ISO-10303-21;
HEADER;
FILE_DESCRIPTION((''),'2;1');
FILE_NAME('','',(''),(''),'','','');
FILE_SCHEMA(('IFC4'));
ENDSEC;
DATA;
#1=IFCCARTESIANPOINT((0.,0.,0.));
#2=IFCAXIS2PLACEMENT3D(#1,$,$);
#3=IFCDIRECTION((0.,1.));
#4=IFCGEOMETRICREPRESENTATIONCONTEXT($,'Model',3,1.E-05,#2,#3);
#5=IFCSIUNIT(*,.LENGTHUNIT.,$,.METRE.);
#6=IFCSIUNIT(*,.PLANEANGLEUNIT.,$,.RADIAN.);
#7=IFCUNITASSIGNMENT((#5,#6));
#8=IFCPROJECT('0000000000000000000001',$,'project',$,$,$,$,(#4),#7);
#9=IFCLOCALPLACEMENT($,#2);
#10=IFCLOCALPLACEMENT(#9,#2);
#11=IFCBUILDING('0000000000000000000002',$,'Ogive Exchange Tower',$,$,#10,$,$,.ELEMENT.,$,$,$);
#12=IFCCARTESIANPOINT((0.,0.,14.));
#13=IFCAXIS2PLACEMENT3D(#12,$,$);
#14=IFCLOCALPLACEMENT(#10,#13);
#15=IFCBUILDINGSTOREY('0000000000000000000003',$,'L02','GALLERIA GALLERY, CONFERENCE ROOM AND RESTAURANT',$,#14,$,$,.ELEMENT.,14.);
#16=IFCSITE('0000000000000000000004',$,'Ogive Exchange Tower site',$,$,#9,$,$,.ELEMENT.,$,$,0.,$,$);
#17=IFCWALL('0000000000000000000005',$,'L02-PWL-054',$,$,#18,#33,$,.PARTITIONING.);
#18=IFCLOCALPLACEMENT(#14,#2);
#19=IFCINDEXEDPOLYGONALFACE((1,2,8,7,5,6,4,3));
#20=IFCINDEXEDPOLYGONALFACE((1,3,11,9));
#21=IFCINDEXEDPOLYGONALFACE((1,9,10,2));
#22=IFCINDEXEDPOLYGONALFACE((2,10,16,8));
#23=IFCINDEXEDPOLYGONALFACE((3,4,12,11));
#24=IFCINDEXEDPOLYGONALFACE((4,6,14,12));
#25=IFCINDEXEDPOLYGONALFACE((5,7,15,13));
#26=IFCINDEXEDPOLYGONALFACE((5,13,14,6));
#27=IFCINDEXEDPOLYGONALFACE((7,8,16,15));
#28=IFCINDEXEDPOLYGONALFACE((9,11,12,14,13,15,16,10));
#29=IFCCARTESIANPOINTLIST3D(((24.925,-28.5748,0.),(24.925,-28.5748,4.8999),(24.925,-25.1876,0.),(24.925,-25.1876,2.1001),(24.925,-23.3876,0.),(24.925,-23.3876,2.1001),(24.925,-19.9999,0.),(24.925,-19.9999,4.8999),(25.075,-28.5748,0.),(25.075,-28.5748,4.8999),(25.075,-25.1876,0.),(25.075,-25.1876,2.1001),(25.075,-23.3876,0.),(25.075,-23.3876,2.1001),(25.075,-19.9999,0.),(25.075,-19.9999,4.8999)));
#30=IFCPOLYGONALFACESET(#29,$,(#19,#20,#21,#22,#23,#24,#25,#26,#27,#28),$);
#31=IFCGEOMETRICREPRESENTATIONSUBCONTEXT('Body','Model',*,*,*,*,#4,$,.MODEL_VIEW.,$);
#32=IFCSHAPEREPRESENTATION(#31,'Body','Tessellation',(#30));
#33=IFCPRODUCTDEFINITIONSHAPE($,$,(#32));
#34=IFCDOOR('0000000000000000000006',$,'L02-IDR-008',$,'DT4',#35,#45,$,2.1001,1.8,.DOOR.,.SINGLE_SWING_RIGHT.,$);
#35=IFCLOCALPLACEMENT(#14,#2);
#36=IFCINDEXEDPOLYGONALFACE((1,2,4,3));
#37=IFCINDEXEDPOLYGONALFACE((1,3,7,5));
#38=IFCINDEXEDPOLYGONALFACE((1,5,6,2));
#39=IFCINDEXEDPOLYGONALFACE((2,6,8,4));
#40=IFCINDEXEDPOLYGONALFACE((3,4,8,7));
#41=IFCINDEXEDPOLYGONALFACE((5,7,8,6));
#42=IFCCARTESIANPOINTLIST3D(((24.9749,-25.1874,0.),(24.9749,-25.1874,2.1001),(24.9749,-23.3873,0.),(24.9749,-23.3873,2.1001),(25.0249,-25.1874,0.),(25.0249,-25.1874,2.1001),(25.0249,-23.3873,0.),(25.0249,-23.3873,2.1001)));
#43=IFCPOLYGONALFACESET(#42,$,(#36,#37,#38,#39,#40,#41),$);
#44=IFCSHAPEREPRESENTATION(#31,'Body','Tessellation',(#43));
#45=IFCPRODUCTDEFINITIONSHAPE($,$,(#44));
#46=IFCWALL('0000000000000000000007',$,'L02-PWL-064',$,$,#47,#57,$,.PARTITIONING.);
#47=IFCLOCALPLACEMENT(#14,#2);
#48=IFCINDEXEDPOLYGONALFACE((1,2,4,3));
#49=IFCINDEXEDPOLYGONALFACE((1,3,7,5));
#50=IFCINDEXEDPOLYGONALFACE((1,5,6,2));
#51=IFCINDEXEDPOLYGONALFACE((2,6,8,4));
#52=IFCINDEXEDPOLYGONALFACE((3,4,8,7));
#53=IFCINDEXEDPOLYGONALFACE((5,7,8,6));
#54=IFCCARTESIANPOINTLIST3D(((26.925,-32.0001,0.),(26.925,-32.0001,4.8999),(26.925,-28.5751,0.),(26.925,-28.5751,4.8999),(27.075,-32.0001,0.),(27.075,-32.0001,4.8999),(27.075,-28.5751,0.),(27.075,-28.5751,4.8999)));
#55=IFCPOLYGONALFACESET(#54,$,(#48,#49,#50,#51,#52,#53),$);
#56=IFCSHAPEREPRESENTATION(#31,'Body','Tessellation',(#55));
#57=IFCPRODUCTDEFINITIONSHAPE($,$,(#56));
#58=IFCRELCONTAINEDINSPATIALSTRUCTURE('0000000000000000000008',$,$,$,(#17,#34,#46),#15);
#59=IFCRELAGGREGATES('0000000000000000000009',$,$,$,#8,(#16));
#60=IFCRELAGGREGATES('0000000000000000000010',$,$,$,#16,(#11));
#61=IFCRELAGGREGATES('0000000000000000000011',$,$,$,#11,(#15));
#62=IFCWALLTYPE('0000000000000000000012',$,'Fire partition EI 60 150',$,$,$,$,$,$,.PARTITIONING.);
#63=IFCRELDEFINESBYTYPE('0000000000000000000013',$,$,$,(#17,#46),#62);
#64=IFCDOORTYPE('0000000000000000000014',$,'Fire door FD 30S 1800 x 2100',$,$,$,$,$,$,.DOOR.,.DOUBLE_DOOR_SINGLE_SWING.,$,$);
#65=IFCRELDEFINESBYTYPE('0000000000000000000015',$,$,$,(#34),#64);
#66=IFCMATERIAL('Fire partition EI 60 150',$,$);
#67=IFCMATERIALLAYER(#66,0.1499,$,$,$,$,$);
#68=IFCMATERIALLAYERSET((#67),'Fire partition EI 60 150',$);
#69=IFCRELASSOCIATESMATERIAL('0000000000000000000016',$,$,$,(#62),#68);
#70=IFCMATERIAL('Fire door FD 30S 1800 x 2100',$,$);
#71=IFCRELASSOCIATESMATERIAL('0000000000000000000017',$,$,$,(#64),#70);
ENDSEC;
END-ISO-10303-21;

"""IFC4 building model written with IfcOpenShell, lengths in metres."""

from ifc_helpers import new_model, si_unit, direction, frame, frame_2d, origin, place, context, subcontext, project, spatial, rectangle, extrude, material, layer, layer_set, type_object, element, fill, save


model = new_model("IFC4")

# Units and contexts
model_context = context("Model", 3, precision=1e-05, world=origin(), true_north=direction((0.0, 1.0)))
body_context = subcontext(model_context, "Body", "Model", "MODEL_VIEW")
ifc_project = project(units=[si_unit("LENGTHUNIT", "METRE"), si_unit("PLANEANGLEUNIT", "RADIAN")], contexts=[model_context])

# Site, building, storey
site_placement = place(None, origin())
site = spatial("IfcSite", under=ifc_project, at=site_placement, Name="Ogive Exchange Tower site", CompositionType="ELEMENT", RefElevation=0.0)
building_placement = place(site_placement, origin())
building = spatial("IfcBuilding", under=site, at=building_placement, Name="Ogive Exchange Tower", CompositionType="ELEMENT")
storey_placement = place(building_placement, frame((0.0, 0.0, 14.0)))
storey = spatial("IfcBuildingStorey", under=building, at=storey_placement, Name="L02", Description="GALLERIA GALLERY, CONFERENCE ROOM AND RESTAURANT", CompositionType="ELEMENT", Elevation=14.0)

# Wall, opening, door
ifc_material_1 = material(Name="Fire partition EI 60 150")
ifc_layer_1 = layer(ifc_material_1, 0.1499)
ifc_layer_set_1 = layer_set([ifc_layer_1], Name="Fire partition EI 60 150")
wall_type_1 = type_object("IfcWallType", Name="Fire partition EI 60 150", PredefinedType="PARTITIONING", material=ifc_layer_set_1)
ifc_material_2 = material(Name="Fire door FD 30S 1800 x 2100")
door_type_1 = type_object("IfcDoorType", Name="Fire door FD 30S 1800 x 2100", OperationType="DOUBLE_DOOR_SINGLE_SWING", PredefinedType="DOOR", material=ifc_material_2)
wall_1_placement = place(storey_placement, frame((25.0, -28.575, 0.0), z_axis=(0.0, 0.0, 1.0), x_axis=(0.0, 1.0, 0.0)))
wall_1 = element("IfcWall", 1, at=wall_1_placement, inside=storey, type_object=wall_type_1, Name="L02-PWL-054", PredefinedType="PARTITIONING", context=body_context, shape_type="SweptSolid", body=[
    extrude(rectangle(XDim=8.575, YDim=0.1499, at=frame_2d((4.2876, 0.0))), origin(), (0.0, 0.0, 1.0), 4.8999),
])
opening_1_placement = place(wall_1_placement, frame((3.3875, 0.0, 0.0)))
opening_1 = element("IfcOpeningElement", 2, at=opening_1_placement, cuts=wall_1, PredefinedType="OPENING", context=body_context, shape_type="SweptSolid", body=[
    extrude(rectangle(XDim=1.8, YDim=2.1001, at=frame_2d((0.8999, 1.05))), frame((0.0, 0.085, 0.0), z_axis=(0.0, -1.0, 0.0), x_axis=(1.0, 0.0, 0.0)), (0.0, 0.0, 1.0), 0.1699),
])
door_1_placement = place(opening_1_placement, frame((1.8, 0.0, 0.0), z_axis=(0.0, 0.0, 1.0), x_axis=(-1.0, 0.0, 0.0)))
door_1 = element("IfcDoor", 3, at=door_1_placement, inside=storey, type_object=door_type_1, Name="L02-IDR-008", ObjectType="DT4", OperationType="SINGLE_SWING_RIGHT", OverallHeight=2.1001, OverallWidth=1.8, PredefinedType="DOOR", context=body_context, shape_type="SweptSolid", body=[
    extrude(rectangle(XDim=1.8, YDim=2.1001, at=frame_2d((0.8999, 1.05))), frame((0.0, 0.0249, 0.0), z_axis=(0.0, -1.0, 0.0), x_axis=(1.0, 0.0, 0.0)), (0.0, 0.0, 1.0), 0.05),
])
fill(opening_1, door_1)

# Wall
wall_2_placement = place(storey_placement, frame((27.0, -32.0, 0.0), z_axis=(0.0, 0.0, 1.0), x_axis=(0.0, 1.0, 0.0)))
element("IfcWall", 4, at=wall_2_placement, inside=storey, type_object=wall_type_1, Name="L02-PWL-064", PredefinedType="PARTITIONING", context=body_context, shape_type="SweptSolid", body=[
    extrude(rectangle(XDim=3.425, YDim=0.1499, at=frame_2d((1.7124, 0.0))), origin(), (0.0, 0.0, 1.0), 4.8999),
])

save(model, "model.ifc")
